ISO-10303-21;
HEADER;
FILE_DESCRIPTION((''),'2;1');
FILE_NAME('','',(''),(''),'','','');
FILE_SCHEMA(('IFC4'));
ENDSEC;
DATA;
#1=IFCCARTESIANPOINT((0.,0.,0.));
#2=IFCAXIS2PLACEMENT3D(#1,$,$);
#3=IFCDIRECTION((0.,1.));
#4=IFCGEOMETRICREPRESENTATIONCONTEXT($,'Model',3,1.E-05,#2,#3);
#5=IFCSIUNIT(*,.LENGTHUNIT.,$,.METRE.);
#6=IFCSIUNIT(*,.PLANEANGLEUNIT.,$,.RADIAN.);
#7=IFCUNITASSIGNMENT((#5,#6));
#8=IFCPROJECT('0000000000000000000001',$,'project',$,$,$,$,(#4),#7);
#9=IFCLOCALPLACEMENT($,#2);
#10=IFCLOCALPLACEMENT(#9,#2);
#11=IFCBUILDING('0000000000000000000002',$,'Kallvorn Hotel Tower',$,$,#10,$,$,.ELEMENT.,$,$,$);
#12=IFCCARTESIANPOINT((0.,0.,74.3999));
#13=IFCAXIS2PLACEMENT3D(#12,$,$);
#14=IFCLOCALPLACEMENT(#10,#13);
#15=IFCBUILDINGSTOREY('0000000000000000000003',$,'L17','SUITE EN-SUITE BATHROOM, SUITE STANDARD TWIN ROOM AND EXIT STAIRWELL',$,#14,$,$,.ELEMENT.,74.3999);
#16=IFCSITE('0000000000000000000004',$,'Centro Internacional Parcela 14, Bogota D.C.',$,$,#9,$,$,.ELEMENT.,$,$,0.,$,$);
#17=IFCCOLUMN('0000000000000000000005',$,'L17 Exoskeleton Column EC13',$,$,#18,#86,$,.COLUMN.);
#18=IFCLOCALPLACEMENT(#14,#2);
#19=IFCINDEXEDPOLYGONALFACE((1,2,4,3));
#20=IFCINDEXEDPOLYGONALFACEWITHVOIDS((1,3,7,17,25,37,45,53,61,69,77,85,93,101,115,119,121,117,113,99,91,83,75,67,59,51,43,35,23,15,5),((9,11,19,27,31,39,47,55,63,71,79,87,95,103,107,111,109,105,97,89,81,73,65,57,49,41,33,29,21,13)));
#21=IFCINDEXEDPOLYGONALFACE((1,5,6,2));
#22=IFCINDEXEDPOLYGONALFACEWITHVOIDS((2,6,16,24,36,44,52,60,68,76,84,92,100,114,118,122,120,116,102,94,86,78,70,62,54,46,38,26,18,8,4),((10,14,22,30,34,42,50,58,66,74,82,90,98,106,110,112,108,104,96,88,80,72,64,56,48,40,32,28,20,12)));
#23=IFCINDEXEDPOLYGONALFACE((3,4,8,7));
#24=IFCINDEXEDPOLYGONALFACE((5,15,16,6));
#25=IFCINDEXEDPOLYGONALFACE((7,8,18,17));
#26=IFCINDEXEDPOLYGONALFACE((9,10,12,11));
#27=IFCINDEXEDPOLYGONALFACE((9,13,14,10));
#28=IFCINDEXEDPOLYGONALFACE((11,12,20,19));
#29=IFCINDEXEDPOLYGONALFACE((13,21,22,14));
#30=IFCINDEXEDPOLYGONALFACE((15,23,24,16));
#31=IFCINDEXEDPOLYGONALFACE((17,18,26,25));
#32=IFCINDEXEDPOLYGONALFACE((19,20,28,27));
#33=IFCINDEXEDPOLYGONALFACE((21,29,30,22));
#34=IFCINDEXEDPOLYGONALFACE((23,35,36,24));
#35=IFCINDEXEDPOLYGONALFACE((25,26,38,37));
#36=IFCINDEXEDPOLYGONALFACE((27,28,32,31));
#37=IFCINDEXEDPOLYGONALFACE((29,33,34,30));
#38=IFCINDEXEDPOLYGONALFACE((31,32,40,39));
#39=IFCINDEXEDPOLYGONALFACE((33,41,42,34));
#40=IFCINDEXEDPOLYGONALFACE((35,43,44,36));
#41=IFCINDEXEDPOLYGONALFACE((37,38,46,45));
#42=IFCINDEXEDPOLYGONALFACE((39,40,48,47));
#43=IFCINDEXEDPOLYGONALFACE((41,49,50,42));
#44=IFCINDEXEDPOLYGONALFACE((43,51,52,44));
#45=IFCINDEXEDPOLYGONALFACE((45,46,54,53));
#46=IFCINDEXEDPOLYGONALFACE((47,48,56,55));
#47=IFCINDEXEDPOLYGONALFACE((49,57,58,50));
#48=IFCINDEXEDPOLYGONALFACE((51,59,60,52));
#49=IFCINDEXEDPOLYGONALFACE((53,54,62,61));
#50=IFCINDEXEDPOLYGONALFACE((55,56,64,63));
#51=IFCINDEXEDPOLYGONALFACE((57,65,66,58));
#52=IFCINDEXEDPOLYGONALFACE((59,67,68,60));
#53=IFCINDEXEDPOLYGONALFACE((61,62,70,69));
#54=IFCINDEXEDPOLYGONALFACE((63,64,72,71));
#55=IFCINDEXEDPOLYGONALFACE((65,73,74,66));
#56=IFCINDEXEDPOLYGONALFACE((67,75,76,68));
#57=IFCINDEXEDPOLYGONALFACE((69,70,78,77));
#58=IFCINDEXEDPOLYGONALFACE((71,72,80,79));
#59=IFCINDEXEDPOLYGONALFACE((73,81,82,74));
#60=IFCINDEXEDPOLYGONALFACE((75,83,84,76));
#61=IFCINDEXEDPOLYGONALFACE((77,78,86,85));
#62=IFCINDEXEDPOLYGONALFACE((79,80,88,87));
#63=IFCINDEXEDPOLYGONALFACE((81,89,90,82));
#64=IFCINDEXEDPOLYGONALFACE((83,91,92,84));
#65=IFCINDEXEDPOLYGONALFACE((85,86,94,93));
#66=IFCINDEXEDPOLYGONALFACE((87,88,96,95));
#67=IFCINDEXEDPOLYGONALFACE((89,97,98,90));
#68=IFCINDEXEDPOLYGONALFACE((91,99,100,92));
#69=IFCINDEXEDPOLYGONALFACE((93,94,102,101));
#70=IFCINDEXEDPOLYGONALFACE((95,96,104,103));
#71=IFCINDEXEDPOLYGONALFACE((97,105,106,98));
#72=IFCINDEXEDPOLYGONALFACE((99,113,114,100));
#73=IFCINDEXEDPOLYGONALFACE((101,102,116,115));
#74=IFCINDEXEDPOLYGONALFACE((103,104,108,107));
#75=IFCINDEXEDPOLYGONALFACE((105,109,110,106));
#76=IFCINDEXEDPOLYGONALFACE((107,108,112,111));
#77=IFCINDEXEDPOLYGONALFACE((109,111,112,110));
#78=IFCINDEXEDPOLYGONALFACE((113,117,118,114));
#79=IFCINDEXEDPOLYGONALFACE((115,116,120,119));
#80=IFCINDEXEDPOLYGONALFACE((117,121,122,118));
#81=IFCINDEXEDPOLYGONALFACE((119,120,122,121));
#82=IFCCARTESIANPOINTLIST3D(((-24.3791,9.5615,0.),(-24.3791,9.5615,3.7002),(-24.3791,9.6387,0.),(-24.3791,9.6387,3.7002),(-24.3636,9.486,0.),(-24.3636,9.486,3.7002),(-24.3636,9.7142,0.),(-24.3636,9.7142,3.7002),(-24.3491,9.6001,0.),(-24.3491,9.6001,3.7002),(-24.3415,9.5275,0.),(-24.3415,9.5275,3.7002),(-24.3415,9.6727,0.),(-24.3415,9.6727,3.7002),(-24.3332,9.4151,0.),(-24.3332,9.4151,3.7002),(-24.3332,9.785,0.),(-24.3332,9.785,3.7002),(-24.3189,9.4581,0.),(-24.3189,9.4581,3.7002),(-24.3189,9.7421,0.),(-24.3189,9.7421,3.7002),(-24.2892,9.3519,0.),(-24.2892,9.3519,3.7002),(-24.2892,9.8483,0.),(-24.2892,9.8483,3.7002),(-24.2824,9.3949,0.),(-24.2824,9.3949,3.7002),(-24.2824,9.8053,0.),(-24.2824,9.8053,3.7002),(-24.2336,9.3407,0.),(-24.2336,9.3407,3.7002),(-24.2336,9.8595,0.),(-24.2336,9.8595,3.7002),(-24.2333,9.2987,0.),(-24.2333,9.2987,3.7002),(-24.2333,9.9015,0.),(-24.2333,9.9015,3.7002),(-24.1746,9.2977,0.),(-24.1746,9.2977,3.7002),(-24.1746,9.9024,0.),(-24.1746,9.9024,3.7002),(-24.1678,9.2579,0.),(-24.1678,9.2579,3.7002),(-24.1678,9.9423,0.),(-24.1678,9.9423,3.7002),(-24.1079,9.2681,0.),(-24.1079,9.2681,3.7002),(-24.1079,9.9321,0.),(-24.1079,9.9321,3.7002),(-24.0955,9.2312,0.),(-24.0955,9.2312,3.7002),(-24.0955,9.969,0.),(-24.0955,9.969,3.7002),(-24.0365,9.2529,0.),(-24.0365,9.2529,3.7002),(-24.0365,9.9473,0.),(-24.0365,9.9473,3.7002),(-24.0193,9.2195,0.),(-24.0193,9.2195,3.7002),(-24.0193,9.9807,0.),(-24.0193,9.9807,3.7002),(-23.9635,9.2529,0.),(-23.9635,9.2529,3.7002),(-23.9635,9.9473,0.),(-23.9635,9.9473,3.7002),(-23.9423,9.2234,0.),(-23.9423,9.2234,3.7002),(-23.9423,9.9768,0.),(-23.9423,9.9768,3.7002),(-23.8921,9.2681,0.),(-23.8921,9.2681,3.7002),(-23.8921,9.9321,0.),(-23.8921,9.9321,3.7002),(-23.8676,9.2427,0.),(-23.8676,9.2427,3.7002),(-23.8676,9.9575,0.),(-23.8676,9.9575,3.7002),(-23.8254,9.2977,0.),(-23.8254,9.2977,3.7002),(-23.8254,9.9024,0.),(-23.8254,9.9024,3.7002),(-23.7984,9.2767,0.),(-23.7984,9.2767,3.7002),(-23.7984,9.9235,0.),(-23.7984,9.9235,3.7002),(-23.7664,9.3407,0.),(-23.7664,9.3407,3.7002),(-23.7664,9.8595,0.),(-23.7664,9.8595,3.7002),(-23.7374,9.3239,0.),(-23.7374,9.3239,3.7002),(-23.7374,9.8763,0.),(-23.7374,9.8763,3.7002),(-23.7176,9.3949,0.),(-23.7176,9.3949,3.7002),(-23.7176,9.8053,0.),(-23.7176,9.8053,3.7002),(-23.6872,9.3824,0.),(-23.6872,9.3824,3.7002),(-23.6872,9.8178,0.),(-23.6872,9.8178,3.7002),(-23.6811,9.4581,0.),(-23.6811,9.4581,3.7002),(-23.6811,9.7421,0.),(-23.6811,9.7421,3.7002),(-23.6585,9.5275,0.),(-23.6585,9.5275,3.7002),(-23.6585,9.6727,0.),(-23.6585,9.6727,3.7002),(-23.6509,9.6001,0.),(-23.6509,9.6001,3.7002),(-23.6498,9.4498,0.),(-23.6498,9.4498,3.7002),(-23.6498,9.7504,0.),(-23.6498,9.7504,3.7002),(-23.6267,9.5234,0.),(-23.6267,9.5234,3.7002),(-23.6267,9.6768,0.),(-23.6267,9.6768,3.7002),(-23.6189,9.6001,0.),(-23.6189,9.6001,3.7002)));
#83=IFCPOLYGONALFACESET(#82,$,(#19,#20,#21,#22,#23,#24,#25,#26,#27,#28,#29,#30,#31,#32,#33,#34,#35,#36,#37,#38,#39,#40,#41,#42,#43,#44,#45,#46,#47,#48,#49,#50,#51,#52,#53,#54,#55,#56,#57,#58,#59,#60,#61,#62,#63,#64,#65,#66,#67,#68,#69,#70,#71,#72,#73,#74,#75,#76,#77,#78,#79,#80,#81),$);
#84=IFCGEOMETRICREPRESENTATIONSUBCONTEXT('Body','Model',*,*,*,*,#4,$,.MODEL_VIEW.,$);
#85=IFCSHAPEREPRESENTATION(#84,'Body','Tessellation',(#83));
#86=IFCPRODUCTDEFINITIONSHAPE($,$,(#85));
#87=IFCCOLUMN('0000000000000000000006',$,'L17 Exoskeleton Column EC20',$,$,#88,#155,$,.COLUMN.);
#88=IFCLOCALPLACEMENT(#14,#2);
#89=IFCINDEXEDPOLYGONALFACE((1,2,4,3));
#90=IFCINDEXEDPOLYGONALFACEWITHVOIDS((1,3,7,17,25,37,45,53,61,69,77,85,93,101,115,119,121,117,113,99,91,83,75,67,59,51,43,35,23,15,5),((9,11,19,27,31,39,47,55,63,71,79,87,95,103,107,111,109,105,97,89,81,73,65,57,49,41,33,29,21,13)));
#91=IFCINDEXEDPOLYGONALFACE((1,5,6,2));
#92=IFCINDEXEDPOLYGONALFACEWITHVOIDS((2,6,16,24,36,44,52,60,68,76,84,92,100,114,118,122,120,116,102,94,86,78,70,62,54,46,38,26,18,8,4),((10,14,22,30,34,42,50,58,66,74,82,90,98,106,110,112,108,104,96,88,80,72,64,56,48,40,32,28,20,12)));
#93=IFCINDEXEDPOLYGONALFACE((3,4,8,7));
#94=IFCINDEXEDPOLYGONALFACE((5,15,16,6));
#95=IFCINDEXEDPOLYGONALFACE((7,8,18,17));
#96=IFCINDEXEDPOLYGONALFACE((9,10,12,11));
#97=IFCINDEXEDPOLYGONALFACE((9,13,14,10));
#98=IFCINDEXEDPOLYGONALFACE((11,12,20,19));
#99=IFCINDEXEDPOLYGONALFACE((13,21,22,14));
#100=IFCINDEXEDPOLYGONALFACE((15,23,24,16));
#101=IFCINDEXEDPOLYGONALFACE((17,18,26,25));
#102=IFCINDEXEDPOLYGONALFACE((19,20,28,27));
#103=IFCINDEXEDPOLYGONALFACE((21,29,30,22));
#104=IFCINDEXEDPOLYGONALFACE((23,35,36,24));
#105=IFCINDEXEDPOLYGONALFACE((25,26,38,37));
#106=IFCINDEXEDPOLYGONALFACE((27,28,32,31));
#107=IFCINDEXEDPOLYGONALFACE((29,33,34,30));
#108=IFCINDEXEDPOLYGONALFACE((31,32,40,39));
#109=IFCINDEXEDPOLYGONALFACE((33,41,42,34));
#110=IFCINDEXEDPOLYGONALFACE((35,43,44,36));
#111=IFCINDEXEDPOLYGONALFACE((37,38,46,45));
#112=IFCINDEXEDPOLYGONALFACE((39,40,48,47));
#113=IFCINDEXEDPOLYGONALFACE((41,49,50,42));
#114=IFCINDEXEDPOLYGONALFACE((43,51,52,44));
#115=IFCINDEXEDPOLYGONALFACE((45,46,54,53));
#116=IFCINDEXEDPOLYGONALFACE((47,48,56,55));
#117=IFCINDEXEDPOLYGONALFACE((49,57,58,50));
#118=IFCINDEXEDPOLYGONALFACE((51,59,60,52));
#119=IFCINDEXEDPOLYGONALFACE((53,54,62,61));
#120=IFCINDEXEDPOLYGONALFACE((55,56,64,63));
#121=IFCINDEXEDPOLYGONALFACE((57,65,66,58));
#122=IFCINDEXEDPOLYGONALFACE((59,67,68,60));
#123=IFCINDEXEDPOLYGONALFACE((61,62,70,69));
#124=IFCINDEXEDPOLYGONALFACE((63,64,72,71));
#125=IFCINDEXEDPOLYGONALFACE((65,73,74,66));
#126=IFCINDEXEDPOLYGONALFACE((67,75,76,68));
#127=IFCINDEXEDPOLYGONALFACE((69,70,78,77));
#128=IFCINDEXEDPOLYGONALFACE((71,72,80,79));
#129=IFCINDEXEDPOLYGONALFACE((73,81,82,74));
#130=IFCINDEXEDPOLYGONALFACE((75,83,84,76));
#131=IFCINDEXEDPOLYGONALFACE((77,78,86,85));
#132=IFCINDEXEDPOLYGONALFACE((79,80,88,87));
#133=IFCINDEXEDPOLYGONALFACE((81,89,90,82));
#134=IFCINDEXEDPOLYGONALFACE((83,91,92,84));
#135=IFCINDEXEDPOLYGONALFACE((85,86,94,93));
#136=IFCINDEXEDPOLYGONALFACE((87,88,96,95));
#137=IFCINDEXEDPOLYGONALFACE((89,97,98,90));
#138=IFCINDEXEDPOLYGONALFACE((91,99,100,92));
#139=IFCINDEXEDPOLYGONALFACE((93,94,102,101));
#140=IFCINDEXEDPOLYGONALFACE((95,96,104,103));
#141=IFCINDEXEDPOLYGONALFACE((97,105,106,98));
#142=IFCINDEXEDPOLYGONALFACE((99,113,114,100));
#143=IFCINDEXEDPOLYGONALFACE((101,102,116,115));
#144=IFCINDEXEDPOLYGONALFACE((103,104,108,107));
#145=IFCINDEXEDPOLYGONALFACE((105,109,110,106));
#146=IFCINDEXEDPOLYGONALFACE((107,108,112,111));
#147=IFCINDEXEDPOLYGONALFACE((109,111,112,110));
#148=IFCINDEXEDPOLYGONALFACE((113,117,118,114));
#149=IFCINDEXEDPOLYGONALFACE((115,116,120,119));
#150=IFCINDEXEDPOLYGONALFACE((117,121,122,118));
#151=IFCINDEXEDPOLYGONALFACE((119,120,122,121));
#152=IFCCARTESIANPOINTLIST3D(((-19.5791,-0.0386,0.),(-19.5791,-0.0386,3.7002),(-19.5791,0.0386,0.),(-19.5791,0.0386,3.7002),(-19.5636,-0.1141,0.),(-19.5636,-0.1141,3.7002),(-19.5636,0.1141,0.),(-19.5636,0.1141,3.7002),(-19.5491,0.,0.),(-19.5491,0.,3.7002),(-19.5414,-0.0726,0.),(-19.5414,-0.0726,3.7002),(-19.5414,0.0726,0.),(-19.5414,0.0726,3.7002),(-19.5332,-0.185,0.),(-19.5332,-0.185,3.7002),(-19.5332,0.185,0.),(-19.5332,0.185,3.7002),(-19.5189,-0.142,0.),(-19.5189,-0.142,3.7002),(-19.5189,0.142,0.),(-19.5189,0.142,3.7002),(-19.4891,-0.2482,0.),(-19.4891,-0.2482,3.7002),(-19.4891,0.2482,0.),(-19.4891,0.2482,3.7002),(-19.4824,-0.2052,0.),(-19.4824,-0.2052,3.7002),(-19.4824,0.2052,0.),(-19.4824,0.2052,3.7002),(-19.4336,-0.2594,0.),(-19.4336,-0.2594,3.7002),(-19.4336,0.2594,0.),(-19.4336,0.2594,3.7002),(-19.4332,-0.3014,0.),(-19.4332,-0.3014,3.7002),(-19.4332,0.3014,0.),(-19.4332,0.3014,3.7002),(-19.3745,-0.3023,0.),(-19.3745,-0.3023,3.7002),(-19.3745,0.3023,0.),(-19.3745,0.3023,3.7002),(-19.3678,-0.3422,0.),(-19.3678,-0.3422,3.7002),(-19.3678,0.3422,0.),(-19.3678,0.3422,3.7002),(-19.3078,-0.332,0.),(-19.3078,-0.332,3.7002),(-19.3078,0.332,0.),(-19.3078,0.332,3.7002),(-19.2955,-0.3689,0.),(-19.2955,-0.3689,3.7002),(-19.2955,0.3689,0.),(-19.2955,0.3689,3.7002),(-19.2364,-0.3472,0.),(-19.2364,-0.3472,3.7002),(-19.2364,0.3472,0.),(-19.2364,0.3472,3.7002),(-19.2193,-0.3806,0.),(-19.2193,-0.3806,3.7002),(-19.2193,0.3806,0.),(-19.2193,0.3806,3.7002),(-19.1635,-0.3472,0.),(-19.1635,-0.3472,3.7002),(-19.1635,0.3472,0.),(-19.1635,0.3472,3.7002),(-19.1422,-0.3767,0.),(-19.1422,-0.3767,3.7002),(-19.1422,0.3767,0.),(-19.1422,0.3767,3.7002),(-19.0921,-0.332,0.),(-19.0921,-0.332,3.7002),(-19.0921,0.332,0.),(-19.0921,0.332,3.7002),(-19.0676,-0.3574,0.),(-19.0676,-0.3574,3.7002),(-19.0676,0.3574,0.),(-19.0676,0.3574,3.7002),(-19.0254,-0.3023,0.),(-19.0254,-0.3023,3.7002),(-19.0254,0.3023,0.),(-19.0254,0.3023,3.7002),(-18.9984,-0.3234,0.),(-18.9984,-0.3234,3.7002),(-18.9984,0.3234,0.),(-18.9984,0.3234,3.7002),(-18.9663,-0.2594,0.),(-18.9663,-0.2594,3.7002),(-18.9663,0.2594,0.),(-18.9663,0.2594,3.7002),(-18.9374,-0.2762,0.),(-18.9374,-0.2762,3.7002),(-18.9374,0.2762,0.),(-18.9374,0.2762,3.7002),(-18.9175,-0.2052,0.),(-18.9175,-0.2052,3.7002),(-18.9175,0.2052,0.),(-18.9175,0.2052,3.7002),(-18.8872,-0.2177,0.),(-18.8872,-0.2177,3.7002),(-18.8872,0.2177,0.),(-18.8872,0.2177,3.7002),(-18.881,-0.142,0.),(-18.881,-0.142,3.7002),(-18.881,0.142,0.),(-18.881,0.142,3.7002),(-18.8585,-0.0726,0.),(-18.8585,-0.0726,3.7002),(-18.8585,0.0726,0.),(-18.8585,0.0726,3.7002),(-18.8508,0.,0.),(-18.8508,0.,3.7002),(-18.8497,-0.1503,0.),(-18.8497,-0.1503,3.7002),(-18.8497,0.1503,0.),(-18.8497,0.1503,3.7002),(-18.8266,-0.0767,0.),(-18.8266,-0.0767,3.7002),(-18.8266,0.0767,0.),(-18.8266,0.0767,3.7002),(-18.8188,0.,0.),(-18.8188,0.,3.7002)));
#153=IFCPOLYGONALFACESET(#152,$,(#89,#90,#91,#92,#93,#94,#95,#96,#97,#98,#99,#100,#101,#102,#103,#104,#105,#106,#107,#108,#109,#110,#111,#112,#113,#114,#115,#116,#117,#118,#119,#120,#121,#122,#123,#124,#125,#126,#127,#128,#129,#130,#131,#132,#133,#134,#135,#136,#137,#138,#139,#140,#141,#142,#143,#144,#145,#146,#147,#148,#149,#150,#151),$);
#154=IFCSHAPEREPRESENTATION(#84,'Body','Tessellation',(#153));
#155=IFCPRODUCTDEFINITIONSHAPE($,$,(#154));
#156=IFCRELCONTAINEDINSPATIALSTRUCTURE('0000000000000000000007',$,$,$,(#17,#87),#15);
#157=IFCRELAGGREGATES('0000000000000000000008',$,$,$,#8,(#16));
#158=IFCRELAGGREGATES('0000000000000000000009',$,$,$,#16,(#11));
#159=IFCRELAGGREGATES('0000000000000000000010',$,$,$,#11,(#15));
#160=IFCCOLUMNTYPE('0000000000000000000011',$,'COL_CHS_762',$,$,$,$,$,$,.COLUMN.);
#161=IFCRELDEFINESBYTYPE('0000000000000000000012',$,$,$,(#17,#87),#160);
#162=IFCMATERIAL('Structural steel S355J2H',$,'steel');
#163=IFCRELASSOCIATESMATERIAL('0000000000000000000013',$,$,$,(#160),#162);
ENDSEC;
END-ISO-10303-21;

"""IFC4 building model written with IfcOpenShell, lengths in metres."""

from ifc_helpers import new_model, si_unit, direction, frame, origin, origin_2d, place, context, subcontext, project, spatial, hollow_circle, extrude, material, material_profile, profile_set, type_object, element, save


model = new_model("IFC4")

# Units and contexts
model_context = context("Model", 3, precision=1e-05, world=origin(), true_north=direction((0.0, 1.0)))
body_context = subcontext(model_context, "Body", "Model", "MODEL_VIEW")
ifc_project = project(units=[si_unit("LENGTHUNIT", "METRE"), si_unit("PLANEANGLEUNIT", "RADIAN")], contexts=[model_context])

# Site, building, storey
site_placement = place(None, origin())
site = spatial("IfcSite", under=ifc_project, at=site_placement, Name="Centro Internacional Parcela 14, Bogota D.C.", CompositionType="ELEMENT", RefElevation=0.0)
building_placement = place(site_placement, origin())
building = spatial("IfcBuilding", under=site, at=building_placement, Name="Kallvorn Hotel Tower", CompositionType="ELEMENT")
storey_placement = place(building_placement, frame((0.0, 0.0, 74.3999)))
storey = spatial("IfcBuildingStorey", under=building, at=storey_placement, Name="L17", Description="SUITE EN-SUITE BATHROOM, SUITE STANDARD TWIN ROOM AND EXIT STAIRWELL", CompositionType="ELEMENT", Elevation=74.3999)

# Columns
ifc_material_1 = material(Name="Structural steel S355J2H", Category="steel")
ifc_material_profile_1 = material_profile(ifc_material_1, hollow_circle(Radius=0.3811, WallThickness=0.032, at=origin_2d()), Name="CHS 762x32")
ifc_profile_set_1 = profile_set([ifc_material_profile_1], Name="Structural steel S355J2H")
column_type_1 = type_object("IfcColumnType", Name="COL_CHS_762", PredefinedType="COLUMN", material=ifc_profile_set_1)
for number, where, z_axis, x_axis, name in (
    (1, (-24.0, 9.6001, 0.0), (0.0, 0.0, 1.0), (1.0, 0.0, 0.0), "L17 Exoskeleton Column EC13"),
    (2, (-19.2, 0.0, 0.0), (0.0, 0.0, 1.0), (1.0, 0.0, 0.0), "L17 Exoskeleton Column EC20"),
):
    element("IfcColumn", number, at=place(storey_placement, frame(where, z_axis=z_axis, x_axis=x_axis)), inside=storey, type_object=column_type_1, Name=name, PredefinedType="COLUMN", context=body_context, shape_type="SweptSolid", body=[
        extrude(hollow_circle(Radius=0.3811, WallThickness=0.032, at=origin_2d()), origin(), (0.0, 0.0, 1.0), 3.7002),
    ])

save(model, "model.ifc")
